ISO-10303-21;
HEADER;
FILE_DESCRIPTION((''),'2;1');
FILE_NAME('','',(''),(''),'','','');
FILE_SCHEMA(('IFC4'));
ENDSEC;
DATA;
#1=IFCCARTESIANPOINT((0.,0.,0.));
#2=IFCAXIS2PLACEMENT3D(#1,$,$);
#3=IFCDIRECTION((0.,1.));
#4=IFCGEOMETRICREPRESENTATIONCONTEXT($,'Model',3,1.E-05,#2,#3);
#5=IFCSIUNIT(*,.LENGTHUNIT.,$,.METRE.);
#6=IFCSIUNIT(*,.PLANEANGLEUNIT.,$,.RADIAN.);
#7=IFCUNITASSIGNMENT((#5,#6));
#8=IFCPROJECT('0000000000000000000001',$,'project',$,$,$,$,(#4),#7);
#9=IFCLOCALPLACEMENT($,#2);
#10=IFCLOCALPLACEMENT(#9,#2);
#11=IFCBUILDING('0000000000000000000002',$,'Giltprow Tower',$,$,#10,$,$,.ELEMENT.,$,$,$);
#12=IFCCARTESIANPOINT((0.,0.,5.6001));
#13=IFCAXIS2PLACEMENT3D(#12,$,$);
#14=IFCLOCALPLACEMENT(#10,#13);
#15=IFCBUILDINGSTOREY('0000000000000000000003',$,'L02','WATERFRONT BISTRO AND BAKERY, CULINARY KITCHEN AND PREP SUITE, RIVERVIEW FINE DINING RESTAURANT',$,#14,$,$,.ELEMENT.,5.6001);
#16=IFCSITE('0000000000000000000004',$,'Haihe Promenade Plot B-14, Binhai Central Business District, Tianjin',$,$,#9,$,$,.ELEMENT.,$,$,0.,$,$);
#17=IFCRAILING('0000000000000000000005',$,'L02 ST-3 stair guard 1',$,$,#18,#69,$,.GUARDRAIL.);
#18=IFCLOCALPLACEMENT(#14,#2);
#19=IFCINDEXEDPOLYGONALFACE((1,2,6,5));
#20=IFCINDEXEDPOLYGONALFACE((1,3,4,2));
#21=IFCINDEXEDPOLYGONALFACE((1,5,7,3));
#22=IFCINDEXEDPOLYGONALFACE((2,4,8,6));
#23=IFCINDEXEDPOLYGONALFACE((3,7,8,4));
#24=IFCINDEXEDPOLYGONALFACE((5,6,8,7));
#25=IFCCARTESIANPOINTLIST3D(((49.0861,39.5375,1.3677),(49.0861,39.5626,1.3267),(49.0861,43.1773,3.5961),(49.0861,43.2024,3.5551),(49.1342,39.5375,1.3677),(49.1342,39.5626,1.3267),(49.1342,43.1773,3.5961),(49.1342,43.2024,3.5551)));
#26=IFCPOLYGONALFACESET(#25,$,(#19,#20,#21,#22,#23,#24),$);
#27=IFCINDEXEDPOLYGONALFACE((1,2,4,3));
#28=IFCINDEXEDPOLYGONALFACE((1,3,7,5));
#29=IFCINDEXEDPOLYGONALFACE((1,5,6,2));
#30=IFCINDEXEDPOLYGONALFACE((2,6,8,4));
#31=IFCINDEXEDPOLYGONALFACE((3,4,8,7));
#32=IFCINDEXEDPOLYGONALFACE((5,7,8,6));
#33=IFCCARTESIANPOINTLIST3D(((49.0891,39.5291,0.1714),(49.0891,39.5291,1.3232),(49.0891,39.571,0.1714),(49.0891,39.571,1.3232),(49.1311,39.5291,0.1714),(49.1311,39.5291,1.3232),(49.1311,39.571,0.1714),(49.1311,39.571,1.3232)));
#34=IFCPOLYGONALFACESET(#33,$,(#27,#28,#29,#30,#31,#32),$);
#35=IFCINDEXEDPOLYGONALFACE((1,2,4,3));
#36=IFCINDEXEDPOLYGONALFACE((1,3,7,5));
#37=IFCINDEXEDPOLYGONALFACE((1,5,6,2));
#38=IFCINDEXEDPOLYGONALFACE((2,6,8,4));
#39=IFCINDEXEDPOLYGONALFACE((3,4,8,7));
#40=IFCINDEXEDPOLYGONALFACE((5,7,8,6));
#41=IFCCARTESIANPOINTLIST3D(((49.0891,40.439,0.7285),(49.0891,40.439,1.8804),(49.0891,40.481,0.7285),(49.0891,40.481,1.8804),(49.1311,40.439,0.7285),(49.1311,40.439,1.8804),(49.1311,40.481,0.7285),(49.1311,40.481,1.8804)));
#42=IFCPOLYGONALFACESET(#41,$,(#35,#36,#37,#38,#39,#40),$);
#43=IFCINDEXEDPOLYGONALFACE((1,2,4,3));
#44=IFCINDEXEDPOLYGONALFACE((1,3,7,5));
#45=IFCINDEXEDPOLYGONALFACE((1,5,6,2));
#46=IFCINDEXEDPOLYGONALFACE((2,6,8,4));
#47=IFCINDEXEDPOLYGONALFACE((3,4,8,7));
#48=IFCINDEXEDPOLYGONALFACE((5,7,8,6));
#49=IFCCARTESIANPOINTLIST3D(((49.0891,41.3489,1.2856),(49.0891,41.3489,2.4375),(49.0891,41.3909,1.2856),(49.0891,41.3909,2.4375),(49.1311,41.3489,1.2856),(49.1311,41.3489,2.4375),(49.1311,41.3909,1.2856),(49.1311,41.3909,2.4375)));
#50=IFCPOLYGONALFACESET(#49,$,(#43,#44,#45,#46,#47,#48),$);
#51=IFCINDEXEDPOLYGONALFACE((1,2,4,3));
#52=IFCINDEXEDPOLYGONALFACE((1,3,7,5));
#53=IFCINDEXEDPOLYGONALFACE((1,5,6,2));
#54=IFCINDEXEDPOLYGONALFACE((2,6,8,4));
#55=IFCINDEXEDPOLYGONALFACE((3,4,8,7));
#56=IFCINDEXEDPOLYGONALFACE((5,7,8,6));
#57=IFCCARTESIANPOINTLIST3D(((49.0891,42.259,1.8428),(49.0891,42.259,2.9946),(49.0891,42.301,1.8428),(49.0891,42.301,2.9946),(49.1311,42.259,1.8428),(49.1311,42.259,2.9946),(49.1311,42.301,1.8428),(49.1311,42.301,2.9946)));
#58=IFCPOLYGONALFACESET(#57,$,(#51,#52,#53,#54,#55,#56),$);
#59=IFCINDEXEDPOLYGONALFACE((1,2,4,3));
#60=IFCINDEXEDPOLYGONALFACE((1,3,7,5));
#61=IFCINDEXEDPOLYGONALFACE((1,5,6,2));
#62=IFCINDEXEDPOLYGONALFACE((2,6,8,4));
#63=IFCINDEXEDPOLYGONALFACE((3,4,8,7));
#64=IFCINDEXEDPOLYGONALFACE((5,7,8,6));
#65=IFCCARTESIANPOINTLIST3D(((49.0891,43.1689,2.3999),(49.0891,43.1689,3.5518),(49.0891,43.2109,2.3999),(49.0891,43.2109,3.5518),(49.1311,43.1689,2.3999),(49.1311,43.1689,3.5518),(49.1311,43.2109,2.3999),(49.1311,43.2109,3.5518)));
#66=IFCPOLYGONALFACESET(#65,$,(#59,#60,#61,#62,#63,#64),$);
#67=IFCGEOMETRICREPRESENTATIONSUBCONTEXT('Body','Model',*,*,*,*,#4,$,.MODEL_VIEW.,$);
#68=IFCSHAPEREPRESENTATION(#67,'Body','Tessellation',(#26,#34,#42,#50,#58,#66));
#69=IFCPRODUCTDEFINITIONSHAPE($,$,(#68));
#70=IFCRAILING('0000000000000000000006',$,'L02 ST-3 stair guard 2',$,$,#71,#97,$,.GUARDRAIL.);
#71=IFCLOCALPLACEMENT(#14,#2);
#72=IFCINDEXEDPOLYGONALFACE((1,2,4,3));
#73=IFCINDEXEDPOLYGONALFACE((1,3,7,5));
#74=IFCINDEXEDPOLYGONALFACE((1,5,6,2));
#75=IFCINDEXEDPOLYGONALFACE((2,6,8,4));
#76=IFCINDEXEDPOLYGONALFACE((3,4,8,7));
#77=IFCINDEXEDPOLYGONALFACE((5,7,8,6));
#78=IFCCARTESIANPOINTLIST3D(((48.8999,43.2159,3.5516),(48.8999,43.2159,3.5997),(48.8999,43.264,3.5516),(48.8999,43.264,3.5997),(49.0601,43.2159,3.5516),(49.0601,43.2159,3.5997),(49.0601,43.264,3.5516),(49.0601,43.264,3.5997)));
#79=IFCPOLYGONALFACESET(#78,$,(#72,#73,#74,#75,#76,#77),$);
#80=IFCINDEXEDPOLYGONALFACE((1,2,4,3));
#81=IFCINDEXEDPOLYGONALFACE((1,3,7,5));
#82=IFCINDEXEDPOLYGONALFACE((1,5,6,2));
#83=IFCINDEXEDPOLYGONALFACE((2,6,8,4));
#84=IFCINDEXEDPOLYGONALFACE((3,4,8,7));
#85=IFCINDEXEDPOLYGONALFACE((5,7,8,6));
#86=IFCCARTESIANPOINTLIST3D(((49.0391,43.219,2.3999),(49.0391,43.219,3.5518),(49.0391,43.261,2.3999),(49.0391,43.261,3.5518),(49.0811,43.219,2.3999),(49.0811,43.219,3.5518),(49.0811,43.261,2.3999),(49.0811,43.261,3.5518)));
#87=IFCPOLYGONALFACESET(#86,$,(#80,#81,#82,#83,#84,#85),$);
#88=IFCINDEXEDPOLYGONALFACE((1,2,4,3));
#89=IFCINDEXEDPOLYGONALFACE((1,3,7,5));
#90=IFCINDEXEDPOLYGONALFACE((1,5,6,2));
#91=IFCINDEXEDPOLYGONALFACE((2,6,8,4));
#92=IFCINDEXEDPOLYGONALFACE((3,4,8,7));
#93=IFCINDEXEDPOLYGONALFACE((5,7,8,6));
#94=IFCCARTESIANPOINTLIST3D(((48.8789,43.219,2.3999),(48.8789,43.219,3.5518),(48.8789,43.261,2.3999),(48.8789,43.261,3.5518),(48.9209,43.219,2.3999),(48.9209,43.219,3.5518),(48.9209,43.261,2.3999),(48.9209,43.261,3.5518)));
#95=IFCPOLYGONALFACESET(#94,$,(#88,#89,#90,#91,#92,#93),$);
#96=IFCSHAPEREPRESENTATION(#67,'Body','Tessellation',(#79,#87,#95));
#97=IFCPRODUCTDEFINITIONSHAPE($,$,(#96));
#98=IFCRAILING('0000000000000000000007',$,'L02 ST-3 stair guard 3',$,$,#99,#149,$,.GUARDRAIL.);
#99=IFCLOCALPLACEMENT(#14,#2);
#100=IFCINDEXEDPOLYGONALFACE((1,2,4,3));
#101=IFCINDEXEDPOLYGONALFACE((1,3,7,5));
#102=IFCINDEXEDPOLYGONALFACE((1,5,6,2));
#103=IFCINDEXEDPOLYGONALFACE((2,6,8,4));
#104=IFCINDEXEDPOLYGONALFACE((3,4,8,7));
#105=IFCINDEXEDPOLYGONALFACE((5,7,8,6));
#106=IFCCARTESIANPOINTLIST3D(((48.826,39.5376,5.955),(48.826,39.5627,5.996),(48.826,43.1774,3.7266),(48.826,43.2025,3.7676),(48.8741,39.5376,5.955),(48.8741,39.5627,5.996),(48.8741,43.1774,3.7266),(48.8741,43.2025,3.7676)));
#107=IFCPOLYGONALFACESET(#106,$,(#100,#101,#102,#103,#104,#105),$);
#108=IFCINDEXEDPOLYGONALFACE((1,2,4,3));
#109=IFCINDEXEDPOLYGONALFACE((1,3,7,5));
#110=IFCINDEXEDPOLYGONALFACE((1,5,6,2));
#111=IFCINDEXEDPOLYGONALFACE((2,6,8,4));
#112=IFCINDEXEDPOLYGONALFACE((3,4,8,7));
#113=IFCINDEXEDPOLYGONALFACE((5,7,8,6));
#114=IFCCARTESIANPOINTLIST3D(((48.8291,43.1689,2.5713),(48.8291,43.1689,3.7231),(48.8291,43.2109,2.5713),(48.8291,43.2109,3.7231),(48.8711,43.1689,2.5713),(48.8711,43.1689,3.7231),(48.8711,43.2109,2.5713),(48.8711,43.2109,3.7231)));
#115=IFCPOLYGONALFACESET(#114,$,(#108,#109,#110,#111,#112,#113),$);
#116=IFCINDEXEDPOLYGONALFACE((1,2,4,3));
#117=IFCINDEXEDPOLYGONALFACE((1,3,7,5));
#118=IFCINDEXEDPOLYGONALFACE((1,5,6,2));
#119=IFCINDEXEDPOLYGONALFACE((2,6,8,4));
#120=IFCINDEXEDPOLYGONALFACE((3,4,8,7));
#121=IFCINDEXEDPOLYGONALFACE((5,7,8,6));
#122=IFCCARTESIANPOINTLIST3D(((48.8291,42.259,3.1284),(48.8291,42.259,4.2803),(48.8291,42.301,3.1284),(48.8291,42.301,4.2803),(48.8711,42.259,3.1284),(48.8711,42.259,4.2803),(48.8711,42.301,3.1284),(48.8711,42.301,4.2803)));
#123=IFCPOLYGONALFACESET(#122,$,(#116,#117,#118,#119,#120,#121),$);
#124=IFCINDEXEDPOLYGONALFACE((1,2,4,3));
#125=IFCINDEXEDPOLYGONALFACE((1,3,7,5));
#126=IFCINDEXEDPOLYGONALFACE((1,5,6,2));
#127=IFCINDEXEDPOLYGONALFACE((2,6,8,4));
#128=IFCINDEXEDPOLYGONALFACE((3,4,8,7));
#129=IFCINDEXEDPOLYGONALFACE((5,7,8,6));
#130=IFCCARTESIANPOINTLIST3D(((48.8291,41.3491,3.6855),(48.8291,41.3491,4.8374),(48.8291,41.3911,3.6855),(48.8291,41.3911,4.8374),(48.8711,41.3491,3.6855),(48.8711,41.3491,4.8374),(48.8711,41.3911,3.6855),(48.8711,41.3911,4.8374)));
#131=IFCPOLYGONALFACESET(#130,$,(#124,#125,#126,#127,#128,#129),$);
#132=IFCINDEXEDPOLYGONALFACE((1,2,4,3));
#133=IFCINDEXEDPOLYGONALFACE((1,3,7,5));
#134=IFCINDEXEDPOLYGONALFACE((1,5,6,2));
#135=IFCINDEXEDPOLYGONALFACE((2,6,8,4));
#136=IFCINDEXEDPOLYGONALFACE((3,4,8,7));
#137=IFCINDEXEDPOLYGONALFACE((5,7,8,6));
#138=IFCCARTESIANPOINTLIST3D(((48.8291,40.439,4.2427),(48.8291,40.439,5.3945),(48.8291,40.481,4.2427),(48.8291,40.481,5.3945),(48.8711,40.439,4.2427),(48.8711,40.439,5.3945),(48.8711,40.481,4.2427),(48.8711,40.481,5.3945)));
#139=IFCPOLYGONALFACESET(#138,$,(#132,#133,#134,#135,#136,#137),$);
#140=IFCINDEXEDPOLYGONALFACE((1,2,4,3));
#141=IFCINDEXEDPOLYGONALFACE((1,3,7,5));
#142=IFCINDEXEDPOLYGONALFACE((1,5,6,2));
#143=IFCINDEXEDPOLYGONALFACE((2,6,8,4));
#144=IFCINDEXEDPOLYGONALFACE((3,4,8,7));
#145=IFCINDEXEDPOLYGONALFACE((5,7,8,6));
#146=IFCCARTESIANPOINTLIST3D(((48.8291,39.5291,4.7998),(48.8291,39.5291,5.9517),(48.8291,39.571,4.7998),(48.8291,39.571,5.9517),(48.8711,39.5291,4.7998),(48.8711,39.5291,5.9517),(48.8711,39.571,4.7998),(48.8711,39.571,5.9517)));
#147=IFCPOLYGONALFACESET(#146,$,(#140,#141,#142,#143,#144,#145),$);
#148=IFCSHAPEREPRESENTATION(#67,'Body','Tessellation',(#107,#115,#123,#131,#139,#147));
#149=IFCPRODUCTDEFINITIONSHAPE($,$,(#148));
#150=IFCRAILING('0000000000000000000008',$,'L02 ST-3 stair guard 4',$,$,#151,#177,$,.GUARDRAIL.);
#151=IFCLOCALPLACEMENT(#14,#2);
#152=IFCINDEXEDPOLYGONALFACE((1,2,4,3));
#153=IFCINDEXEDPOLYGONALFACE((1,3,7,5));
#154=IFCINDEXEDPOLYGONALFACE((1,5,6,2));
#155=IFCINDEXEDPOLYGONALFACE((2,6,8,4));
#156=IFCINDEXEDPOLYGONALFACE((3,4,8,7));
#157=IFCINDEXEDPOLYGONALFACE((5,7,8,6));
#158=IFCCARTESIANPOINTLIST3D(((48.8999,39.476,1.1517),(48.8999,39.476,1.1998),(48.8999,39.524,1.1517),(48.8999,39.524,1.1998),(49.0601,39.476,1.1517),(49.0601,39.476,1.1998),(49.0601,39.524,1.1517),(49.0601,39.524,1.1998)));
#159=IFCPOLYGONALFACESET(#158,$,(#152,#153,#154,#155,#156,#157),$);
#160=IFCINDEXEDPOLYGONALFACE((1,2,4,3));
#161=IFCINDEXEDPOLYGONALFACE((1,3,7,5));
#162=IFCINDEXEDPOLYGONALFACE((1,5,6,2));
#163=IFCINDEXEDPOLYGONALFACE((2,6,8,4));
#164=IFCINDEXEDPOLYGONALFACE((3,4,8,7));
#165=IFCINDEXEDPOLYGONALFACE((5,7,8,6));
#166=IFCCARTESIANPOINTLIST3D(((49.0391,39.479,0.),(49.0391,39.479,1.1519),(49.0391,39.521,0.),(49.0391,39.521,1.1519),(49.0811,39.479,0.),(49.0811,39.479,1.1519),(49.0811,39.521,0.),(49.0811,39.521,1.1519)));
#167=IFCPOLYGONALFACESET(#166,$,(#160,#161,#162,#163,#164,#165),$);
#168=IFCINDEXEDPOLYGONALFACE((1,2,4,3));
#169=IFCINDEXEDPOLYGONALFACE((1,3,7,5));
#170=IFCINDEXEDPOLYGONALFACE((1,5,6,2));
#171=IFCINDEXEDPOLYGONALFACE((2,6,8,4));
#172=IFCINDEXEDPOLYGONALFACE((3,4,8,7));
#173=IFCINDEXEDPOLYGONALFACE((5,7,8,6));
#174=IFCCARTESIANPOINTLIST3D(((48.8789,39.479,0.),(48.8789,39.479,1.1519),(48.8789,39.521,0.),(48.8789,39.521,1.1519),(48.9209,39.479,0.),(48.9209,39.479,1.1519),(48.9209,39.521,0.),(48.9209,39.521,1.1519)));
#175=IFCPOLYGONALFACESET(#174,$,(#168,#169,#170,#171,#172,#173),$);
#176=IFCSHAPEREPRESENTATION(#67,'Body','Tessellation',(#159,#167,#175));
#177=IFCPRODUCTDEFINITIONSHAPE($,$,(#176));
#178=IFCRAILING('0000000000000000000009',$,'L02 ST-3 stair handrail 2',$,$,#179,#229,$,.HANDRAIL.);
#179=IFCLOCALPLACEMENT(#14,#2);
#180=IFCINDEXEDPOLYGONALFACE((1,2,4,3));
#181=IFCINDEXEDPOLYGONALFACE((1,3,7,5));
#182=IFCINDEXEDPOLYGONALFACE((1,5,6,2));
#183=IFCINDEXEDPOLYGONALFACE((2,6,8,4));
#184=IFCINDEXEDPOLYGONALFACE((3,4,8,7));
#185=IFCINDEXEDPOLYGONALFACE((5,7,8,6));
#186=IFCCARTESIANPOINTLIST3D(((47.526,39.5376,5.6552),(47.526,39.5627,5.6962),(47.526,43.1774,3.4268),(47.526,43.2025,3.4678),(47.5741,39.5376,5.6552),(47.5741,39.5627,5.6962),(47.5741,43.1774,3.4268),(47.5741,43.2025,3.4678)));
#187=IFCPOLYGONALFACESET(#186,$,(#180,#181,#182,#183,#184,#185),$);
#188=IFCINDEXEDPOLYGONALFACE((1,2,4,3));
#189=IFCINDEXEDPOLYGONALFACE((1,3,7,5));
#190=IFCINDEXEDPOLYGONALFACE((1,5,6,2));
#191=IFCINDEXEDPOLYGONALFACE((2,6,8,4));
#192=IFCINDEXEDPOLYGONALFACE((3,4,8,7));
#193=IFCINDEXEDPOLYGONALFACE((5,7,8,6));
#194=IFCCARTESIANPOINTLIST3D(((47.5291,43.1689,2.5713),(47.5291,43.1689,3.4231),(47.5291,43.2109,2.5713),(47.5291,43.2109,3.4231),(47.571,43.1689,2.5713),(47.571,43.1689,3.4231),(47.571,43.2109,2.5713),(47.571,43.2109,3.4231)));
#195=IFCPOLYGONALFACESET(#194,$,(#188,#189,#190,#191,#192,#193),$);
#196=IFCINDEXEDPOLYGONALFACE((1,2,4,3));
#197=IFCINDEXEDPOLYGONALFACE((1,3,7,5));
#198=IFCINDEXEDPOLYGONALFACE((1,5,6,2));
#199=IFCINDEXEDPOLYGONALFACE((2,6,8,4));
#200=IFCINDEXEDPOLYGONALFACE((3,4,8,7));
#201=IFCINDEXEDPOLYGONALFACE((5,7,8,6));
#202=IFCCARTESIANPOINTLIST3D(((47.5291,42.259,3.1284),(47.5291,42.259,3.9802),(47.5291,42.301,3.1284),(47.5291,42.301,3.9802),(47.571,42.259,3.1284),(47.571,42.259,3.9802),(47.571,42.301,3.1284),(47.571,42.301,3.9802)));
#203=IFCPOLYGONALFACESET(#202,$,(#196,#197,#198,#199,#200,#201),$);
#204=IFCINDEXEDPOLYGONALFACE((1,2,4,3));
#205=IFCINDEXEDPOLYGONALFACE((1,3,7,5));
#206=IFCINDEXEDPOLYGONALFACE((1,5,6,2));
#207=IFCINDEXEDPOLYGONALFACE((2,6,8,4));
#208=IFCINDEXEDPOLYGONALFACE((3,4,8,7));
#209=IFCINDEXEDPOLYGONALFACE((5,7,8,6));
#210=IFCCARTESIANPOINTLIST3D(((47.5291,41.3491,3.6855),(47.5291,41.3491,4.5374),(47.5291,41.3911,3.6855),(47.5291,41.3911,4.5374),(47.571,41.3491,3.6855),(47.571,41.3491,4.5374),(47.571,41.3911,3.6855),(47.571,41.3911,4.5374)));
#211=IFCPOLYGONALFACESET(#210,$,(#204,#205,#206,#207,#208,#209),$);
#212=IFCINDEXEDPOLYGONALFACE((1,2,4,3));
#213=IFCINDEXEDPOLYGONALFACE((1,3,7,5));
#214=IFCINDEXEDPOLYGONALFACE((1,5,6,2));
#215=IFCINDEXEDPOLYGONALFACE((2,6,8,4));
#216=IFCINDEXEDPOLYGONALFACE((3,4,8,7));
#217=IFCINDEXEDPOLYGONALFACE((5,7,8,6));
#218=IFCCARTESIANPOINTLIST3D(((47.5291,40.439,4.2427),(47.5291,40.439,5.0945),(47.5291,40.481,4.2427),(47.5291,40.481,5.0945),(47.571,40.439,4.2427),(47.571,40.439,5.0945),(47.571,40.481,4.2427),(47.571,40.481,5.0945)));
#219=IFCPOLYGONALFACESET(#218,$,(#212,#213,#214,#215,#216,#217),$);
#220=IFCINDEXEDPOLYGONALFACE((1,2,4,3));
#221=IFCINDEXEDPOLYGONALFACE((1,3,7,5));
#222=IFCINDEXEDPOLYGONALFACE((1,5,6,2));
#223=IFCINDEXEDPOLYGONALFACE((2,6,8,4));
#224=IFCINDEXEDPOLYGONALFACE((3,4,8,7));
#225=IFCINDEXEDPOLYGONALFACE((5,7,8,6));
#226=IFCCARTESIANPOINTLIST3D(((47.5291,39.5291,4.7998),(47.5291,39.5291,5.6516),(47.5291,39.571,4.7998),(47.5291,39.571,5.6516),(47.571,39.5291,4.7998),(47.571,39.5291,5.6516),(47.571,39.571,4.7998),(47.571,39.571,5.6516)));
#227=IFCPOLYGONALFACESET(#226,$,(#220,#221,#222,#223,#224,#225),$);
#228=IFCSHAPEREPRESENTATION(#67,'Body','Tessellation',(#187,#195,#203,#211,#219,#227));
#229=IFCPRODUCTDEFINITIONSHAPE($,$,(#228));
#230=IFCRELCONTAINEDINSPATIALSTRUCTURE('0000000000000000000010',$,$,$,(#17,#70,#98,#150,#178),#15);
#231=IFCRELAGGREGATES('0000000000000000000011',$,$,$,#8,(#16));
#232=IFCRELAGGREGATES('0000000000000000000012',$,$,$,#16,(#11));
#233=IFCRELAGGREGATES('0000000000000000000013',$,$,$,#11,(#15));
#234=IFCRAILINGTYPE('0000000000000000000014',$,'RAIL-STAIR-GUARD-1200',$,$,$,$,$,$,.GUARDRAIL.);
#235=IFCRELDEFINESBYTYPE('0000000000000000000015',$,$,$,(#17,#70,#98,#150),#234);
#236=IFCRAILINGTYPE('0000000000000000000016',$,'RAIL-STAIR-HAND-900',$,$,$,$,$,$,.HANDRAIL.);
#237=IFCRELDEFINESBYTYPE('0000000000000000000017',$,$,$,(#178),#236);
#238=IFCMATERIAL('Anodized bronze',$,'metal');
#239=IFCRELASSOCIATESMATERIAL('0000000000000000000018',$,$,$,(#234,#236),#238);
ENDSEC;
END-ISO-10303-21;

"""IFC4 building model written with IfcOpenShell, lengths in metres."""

from ifc_helpers import new_model, si_unit, direction, frame, origin, origin_2d, place, context, subcontext, project, spatial, rectangle, extrude, material, type_object, element, save


model = new_model("IFC4")

# Units and contexts
model_context = context("Model", 3, precision=1e-05, world=origin(), true_north=direction((0.0, 1.0)))
body_context = subcontext(model_context, "Body", "Model", "MODEL_VIEW")
ifc_project = project(units=[si_unit("LENGTHUNIT", "METRE"), si_unit("PLANEANGLEUNIT", "RADIAN")], contexts=[model_context])

# Site, building, storey
site_placement = place(None, origin())
site = spatial("IfcSite", under=ifc_project, at=site_placement, Name="Haihe Promenade Plot B-14, Binhai Central Business District, Tianjin", CompositionType="ELEMENT", RefElevation=0.0)
building_placement = place(site_placement, origin())
building = spatial("IfcBuilding", under=site, at=building_placement, Name="Giltprow Tower", CompositionType="ELEMENT")
storey_placement = place(building_placement, frame((0.0, 0.0, 5.6001)))
storey = spatial("IfcBuildingStorey", under=building, at=storey_placement, Name="L02", Description="WATERFRONT BISTRO AND BAKERY, CULINARY KITCHEN AND PREP SUITE, RIVERVIEW FINE DINING RESTAURANT", CompositionType="ELEMENT", Elevation=5.6001)

# Railings
ifc_material_1 = material(Name="Anodized bronze", Category="metal")
railing_type_1 = type_object("IfcRailingType", Name="RAIL-STAIR-GUARD-1200", PredefinedType="GUARDRAIL", material=ifc_material_1)
railing_1_placement = place(storey_placement, frame((49.1101, 39.55, 0.1714)))
element("IfcRailing", 1, at=railing_1_placement, inside=storey, type_object=railing_type_1, Name="L02 ST-3 stair guard 1", PredefinedType="GUARDRAIL", context=body_context, shape_type="SweptSolid", body=[
    extrude(rectangle(XDim=0.0481, YDim=0.0481, at=origin_2d()), frame((0.0, 0.0, 1.1758), z_axis=(0.0, 0.85285, 0.522156), x_axis=(-1.0, 0.0, 0.0)), (0.0, 0.0, 1.0), 4.2678),
    extrude(rectangle(XDim=0.042, YDim=0.042, at=origin_2d()), origin(), (0.0, 0.0, 1.0), 1.1519),
    extrude(rectangle(XDim=0.042, YDim=0.042, at=origin_2d()), frame((0.0, 0.9099, 0.5571)), (0.0, 0.0, 1.0), 1.1519),
    extrude(rectangle(XDim=0.042, YDim=0.042, at=origin_2d()), frame((0.0, 1.8198, 1.1143)), (0.0, 0.0, 1.0), 1.1519),
    extrude(rectangle(XDim=0.042, YDim=0.042, at=origin_2d()), frame((0.0, 2.73, 1.6714)), (0.0, 0.0, 1.0), 1.1519),
    extrude(rectangle(XDim=0.042, YDim=0.042, at=origin_2d()), frame((0.0, 3.6399, 2.2285)), (0.0, 0.0, 1.0), 1.1519),
])
railing_2_placement = place(storey_placement, frame((49.0601, 43.24, 2.3999)))
element("IfcRailing", 2, at=railing_2_placement, inside=storey, type_object=railing_type_1, Name="L02 ST-3 stair guard 2", PredefinedType="GUARDRAIL", context=body_context, shape_type="SweptSolid", body=[
    extrude(rectangle(XDim=0.0481, YDim=0.0481, at=origin_2d()), frame((0.0, 0.0, 1.1758), z_axis=(-1.0, 0.0, 0.0), x_axis=(0.0, -1.0, 0.0)), (0.0, 0.0, 1.0), 0.1602),
    extrude(rectangle(XDim=0.042, YDim=0.042, at=origin_2d()), origin(), (0.0, 0.0, 1.0), 1.1519),
    extrude(rectangle(XDim=0.042, YDim=0.042, at=origin_2d()), frame((-0.1602, 0.0, 0.0)), (0.0, 0.0, 1.0), 1.1519),
])
railing_3_placement = place(storey_placement, frame((48.8501, 43.1899, 2.5713)))
element("IfcRailing", 3, at=railing_3_placement, inside=storey, type_object=railing_type_1, Name="L02 ST-3 stair guard 3", PredefinedType="GUARDRAIL", context=body_context, shape_type="SweptSolid", body=[
    extrude(rectangle(XDim=0.0481, YDim=0.0481, at=origin_2d()), frame((0.0, 0.0, 1.1758), z_axis=(0.0, -0.85285, 0.522156), x_axis=(1.0, 0.0, 0.0)), (0.0, 0.0, 1.0), 4.2678),
    extrude(rectangle(XDim=0.042, YDim=0.042, at=origin_2d()), origin(), (0.0, 0.0, 1.0), 1.1519),
    extrude(rectangle(XDim=0.042, YDim=0.042, at=origin_2d()), frame((0.0, -0.9099, 0.5571)), (0.0, 0.0, 1.0), 1.1519),
    extrude(rectangle(XDim=0.042, YDim=0.042, at=origin_2d()), frame((0.0, -1.8198, 1.1143)), (0.0, 0.0, 1.0), 1.1519),
    extrude(rectangle(XDim=0.042, YDim=0.042, at=origin_2d()), frame((0.0, -2.73, 1.6714)), (0.0, 0.0, 1.0), 1.1519),
    extrude(rectangle(XDim=0.042, YDim=0.042, at=origin_2d()), frame((0.0, -3.6399, 2.2285)), (0.0, 0.0, 1.0), 1.1519),
])
railing_4_placement = place(storey_placement, frame((49.0601, 39.5, 0.0)))
element("IfcRailing", 4, at=railing_4_placement, inside=storey, type_object=railing_type_1, Name="L02 ST-3 stair guard 4", PredefinedType="GUARDRAIL", context=body_context, shape_type="SweptSolid", body=[
    extrude(rectangle(XDim=0.0481, YDim=0.0481, at=origin_2d()), frame((0.0, 0.0, 1.1758), z_axis=(-1.0, 0.0, 0.0), x_axis=(0.0, -1.0, 0.0)), (0.0, 0.0, 1.0), 0.1602),
    extrude(rectangle(XDim=0.042, YDim=0.042, at=origin_2d()), origin(), (0.0, 0.0, 1.0), 1.1519),
    extrude(rectangle(XDim=0.042, YDim=0.042, at=origin_2d()), frame((-0.1602, 0.0, 0.0)), (0.0, 0.0, 1.0), 1.1519),
])
railing_type_2 = type_object("IfcRailingType", Name="RAIL-STAIR-HAND-900", PredefinedType="HANDRAIL", material=ifc_material_1)
railing_5_placement = place(storey_placement, frame((47.55, 43.1899, 2.5713)))
element("IfcRailing", 5, at=railing_5_placement, inside=storey, type_object=railing_type_2, Name="L02 ST-3 stair handrail 2", PredefinedType="HANDRAIL", context=body_context, shape_type="SweptSolid", body=[
    extrude(rectangle(XDim=0.0481, YDim=0.0481, at=origin_2d()), frame((0.0, 0.0, 0.876), z_axis=(0.0, -0.85285, 0.522156), x_axis=(1.0, 0.0, 0.0)), (0.0, 0.0, 1.0), 4.2678),
    extrude(rectangle(XDim=0.042, YDim=0.042, at=origin_2d()), origin(), (0.0, 0.0, 1.0), 0.8518),
    extrude(rectangle(XDim=0.042, YDim=0.042, at=origin_2d()), frame((0.0, -0.9099, 0.5571)), (0.0, 0.0, 1.0), 0.8518),
    extrude(rectangle(XDim=0.042, YDim=0.042, at=origin_2d()), frame((0.0, -1.8198, 1.1143)), (0.0, 0.0, 1.0), 0.8518),
    extrude(rectangle(XDim=0.042, YDim=0.042, at=origin_2d()), frame((0.0, -2.73, 1.6714)), (0.0, 0.0, 1.0), 0.8518),
    extrude(rectangle(XDim=0.042, YDim=0.042, at=origin_2d()), frame((0.0, -3.6399, 2.2285)), (0.0, 0.0, 1.0), 0.8518),
])

save(model, "model.ifc")
